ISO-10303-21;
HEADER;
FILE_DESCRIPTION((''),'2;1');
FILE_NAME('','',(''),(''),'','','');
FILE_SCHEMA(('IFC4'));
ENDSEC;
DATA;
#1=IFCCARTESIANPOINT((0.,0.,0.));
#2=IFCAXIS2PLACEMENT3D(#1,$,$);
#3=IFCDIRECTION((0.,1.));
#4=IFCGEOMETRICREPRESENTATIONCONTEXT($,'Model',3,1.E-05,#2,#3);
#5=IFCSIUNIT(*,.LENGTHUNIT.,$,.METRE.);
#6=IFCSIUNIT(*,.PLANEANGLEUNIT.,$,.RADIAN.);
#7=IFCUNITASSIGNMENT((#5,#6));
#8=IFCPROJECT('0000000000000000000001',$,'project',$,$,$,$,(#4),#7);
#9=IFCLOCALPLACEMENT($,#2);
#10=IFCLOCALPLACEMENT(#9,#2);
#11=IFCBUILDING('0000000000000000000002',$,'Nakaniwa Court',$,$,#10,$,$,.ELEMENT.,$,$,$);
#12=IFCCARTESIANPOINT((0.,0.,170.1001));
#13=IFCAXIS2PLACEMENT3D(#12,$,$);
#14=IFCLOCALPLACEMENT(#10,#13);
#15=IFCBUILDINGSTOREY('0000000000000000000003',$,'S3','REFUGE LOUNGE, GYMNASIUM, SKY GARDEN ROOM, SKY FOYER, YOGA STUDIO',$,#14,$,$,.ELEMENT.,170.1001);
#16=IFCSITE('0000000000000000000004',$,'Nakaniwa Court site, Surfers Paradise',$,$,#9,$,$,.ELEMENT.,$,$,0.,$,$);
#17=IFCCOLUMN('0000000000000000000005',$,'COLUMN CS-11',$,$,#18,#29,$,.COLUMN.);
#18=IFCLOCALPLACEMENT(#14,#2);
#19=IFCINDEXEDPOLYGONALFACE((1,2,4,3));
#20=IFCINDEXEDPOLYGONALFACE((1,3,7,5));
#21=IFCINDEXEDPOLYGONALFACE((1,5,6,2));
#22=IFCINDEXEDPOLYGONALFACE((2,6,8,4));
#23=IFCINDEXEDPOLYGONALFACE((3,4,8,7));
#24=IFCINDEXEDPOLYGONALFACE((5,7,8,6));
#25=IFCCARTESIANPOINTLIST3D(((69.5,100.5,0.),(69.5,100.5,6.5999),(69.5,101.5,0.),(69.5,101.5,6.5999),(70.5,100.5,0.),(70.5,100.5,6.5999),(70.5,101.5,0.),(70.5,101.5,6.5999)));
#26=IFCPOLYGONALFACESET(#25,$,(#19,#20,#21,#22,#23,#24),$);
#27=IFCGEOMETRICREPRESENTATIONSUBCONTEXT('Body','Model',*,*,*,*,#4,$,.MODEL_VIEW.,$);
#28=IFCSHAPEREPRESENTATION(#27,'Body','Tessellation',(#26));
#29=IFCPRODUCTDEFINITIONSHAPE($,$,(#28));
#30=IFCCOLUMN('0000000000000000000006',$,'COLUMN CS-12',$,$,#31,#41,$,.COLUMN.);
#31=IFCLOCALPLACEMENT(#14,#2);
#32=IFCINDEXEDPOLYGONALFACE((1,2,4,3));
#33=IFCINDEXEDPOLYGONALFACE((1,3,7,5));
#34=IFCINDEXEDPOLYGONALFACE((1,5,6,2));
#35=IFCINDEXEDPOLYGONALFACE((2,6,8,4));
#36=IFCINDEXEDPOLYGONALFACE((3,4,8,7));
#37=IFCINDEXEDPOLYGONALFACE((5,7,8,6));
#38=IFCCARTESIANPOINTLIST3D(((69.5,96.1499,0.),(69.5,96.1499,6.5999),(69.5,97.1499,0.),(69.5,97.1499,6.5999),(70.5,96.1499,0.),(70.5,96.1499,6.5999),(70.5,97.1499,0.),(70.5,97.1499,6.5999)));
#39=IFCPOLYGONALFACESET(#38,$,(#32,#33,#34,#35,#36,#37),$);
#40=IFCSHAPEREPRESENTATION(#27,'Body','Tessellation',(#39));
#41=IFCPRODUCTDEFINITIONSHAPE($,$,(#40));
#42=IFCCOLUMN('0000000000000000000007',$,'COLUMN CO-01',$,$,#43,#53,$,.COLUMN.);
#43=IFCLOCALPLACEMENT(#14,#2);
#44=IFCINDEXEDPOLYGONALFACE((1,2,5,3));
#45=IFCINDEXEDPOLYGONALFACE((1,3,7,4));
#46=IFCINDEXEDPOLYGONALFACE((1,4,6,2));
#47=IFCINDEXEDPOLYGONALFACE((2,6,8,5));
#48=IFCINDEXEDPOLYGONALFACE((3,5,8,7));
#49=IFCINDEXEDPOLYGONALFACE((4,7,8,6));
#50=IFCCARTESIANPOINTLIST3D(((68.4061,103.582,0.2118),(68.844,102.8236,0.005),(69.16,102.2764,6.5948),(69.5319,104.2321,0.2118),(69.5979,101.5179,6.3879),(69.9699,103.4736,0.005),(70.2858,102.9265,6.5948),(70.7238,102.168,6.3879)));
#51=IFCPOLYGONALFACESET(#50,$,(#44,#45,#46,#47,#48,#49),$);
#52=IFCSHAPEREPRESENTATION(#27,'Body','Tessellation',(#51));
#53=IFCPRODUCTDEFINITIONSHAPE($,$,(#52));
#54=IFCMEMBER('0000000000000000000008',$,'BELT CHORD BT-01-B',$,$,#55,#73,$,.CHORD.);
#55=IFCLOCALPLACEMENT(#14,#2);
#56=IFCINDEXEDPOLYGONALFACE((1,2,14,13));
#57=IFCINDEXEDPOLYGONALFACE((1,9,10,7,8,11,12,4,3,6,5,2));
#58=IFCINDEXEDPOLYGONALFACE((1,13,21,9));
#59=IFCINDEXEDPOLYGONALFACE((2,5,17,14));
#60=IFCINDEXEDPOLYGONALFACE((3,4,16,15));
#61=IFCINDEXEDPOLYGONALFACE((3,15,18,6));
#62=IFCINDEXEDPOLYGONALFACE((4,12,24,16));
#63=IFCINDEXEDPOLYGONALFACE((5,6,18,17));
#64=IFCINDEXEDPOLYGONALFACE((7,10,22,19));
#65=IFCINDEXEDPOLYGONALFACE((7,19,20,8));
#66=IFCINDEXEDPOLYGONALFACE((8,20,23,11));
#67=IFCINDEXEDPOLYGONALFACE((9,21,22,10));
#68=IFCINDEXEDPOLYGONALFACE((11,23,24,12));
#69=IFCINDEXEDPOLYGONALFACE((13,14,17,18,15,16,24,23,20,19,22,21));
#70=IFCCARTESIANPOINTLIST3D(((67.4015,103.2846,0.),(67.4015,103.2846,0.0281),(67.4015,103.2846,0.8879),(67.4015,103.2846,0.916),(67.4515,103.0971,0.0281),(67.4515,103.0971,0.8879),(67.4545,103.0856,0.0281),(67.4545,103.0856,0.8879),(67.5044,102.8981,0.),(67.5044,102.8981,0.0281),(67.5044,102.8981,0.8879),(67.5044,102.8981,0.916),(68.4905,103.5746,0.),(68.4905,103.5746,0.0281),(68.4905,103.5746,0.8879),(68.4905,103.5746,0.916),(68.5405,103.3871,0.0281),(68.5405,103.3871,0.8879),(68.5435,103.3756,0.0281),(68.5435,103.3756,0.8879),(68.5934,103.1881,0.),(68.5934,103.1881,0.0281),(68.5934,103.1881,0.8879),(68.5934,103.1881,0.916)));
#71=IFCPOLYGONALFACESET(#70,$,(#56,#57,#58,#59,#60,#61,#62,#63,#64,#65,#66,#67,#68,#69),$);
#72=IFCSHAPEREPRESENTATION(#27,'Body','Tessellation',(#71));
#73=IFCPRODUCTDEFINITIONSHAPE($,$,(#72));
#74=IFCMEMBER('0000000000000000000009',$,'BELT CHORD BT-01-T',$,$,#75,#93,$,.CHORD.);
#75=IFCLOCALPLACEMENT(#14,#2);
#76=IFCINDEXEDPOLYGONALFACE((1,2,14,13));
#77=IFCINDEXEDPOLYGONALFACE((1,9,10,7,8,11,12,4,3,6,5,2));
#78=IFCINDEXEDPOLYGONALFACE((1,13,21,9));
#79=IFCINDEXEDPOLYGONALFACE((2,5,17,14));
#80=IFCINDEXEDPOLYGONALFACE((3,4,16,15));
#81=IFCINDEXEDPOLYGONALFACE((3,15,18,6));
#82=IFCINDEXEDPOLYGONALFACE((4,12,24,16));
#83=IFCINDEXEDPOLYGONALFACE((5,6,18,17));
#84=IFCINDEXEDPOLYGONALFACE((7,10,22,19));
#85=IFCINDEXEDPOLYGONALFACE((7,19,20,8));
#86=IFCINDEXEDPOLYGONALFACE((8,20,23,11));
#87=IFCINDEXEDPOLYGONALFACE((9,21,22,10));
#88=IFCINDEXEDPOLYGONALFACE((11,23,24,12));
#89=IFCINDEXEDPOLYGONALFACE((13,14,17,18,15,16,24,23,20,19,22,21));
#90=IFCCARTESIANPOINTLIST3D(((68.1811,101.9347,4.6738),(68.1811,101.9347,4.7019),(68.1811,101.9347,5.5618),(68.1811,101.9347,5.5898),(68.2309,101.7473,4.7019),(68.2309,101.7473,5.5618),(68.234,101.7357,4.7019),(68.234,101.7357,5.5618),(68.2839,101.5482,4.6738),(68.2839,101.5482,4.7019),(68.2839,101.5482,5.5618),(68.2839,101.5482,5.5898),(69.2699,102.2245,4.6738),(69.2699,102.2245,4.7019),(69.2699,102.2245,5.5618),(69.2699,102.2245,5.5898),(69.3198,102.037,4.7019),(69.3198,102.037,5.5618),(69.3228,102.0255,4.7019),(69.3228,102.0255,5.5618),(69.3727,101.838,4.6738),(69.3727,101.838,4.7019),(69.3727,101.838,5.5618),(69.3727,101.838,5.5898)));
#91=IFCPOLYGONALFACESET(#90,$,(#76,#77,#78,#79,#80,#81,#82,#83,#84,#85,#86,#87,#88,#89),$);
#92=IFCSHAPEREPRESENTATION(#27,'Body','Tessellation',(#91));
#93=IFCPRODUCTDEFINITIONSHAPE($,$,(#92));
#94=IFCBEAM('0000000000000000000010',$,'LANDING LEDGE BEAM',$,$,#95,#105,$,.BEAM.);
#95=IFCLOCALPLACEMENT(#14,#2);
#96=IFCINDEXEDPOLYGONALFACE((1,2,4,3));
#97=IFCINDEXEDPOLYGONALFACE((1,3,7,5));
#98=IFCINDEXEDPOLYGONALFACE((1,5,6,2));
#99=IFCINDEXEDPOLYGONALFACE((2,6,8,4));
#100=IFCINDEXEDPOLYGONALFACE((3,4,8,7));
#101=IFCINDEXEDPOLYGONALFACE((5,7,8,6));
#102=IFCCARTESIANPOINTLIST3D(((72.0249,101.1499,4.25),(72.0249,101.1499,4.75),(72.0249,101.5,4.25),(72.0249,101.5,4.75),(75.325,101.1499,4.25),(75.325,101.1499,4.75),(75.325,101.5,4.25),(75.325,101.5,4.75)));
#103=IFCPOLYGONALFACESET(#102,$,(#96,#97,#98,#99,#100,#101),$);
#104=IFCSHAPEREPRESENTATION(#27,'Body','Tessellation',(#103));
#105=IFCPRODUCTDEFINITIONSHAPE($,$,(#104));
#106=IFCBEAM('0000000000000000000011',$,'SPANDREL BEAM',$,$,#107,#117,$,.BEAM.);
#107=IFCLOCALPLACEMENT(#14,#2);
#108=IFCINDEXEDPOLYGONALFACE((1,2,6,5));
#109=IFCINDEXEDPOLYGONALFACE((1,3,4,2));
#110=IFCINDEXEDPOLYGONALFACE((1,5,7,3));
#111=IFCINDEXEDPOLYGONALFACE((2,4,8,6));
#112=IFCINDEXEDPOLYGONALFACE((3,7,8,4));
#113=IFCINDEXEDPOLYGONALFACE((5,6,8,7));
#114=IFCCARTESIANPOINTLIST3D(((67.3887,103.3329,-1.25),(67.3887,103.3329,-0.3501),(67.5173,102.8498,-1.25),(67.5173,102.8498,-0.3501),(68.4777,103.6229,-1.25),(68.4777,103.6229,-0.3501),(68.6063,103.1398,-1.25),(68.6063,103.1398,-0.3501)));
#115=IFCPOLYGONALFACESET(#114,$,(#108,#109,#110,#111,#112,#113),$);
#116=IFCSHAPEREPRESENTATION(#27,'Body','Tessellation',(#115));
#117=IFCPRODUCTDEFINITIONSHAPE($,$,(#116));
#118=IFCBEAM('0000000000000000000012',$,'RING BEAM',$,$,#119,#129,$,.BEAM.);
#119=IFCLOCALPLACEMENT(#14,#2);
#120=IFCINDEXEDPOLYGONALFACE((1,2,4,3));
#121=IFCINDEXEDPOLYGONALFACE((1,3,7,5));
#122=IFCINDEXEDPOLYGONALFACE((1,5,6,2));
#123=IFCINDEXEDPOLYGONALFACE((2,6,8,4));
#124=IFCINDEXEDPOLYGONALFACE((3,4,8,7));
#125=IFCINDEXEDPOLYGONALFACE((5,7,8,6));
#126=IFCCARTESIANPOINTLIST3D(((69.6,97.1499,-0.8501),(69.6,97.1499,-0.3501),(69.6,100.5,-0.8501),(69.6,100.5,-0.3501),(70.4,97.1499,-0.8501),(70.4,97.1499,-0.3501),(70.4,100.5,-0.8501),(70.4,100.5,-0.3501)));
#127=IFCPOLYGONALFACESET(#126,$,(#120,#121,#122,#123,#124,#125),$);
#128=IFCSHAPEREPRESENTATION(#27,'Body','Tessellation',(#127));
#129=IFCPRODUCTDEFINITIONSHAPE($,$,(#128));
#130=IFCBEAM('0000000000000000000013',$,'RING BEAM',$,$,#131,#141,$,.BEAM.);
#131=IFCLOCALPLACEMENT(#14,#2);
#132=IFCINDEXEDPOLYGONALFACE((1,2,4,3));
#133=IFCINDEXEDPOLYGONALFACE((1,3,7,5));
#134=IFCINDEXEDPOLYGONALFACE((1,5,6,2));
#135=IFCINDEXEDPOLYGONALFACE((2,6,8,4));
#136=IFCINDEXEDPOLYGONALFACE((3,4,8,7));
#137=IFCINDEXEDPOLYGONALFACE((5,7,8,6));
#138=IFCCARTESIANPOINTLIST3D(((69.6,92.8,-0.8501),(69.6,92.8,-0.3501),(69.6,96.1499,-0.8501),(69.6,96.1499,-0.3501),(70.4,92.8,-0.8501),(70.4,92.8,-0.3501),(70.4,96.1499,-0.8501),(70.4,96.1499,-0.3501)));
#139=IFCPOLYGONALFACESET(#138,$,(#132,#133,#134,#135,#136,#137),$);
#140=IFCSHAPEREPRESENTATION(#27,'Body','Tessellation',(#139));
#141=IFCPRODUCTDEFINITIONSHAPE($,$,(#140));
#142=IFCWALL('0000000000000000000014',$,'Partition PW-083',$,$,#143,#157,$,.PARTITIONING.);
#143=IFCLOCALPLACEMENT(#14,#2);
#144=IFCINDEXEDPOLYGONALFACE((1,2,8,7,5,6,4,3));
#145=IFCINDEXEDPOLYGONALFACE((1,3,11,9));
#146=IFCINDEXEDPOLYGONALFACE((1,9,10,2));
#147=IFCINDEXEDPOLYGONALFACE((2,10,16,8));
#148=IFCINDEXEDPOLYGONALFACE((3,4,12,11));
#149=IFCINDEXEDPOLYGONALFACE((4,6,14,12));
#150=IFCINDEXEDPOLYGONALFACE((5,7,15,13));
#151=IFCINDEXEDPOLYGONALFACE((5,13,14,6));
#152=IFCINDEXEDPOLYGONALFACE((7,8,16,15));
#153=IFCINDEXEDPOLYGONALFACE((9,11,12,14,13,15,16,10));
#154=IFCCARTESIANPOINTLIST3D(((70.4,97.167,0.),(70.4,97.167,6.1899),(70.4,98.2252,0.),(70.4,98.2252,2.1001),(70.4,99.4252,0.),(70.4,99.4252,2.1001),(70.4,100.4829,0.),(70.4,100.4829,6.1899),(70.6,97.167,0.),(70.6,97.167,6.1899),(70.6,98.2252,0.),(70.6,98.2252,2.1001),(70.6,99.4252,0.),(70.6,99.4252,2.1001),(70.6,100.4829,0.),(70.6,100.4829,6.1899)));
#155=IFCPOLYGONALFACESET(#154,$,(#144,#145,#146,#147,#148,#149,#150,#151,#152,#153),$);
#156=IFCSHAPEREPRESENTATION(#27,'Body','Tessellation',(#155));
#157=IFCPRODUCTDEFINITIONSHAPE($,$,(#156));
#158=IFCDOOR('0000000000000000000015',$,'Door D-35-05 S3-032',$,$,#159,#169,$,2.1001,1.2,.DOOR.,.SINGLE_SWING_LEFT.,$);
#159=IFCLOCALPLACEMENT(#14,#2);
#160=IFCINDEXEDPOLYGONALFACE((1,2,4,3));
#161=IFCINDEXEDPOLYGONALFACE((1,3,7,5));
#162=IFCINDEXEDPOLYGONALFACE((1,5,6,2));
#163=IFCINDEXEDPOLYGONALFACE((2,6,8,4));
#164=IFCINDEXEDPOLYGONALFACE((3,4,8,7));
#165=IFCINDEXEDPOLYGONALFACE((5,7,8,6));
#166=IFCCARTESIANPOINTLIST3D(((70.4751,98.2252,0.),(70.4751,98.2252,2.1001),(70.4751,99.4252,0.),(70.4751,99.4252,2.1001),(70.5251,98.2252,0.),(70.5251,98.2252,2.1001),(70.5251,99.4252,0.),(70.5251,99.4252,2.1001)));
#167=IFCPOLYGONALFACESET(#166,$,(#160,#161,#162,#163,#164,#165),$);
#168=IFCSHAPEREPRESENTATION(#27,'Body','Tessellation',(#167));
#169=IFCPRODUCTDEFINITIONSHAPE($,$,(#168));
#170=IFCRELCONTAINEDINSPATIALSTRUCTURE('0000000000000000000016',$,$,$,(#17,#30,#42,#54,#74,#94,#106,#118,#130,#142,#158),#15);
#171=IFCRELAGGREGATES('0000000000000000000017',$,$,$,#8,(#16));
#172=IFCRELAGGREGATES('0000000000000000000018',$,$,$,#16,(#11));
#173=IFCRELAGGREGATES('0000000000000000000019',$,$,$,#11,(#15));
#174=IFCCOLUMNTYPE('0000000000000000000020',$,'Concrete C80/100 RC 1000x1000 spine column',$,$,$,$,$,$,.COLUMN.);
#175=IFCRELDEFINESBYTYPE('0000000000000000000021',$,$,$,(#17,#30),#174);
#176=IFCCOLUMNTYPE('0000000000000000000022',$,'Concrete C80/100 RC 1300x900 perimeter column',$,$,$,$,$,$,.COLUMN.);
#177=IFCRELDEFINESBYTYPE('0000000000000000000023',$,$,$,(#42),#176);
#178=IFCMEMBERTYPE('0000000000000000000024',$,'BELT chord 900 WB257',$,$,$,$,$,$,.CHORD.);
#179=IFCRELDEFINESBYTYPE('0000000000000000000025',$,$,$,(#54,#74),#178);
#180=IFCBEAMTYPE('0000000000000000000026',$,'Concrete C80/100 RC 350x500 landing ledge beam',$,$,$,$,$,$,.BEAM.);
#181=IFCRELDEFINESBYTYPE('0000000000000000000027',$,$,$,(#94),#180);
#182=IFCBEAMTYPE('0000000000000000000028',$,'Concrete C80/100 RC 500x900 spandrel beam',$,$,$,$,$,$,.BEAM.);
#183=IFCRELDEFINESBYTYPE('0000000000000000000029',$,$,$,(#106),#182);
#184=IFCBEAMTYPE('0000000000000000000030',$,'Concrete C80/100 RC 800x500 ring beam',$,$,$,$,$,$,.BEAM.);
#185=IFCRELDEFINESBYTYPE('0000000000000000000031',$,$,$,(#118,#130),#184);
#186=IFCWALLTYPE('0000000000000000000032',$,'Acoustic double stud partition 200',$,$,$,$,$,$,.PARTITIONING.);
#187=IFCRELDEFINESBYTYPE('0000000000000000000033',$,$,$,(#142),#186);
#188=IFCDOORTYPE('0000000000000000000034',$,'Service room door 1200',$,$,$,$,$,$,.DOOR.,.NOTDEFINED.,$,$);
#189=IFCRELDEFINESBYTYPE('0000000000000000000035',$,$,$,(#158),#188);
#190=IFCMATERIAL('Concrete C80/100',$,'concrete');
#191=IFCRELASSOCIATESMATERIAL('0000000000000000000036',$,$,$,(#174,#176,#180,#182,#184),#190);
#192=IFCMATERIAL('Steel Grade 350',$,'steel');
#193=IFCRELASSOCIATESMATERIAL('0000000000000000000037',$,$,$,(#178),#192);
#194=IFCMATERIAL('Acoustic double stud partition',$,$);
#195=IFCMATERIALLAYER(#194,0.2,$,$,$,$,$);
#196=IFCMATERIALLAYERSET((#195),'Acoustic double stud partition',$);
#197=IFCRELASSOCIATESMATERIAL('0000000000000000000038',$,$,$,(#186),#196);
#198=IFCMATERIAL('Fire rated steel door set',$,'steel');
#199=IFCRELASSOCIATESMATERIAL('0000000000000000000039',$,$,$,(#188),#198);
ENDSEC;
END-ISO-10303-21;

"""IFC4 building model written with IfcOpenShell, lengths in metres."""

from ifc_helpers import new_model, si_unit, direction, frame, frame_2d, origin, origin_2d, place, context, subcontext, project, spatial, rectangle, i_section, extrude, material, layer, layer_set, material_profile, profile_set, type_object, element, fill, save


model = new_model("IFC4")

# Units and contexts
model_context = context("Model", 3, precision=1e-05, world=origin(), true_north=direction((0.0, 1.0)))
body_context = subcontext(model_context, "Body", "Model", "MODEL_VIEW")
ifc_project = project(units=[si_unit("LENGTHUNIT", "METRE"), si_unit("PLANEANGLEUNIT", "RADIAN")], contexts=[model_context])

# Site, building, storey
site_placement = place(None, origin())
site = spatial("IfcSite", under=ifc_project, at=site_placement, Name="Nakaniwa Court site, Surfers Paradise", CompositionType="ELEMENT", RefElevation=0.0)
building_placement = place(site_placement, origin())
building = spatial("IfcBuilding", under=site, at=building_placement, Name="Nakaniwa Court", CompositionType="ELEMENT")
storey_placement = place(building_placement, frame((0.0, 0.0, 170.1001)))
storey = spatial("IfcBuildingStorey", under=building, at=storey_placement, Name="S3", Description="REFUGE LOUNGE, GYMNASIUM, SKY GARDEN ROOM, SKY FOYER, YOGA STUDIO", CompositionType="ELEMENT", Elevation=170.1001)

# Columns
ifc_material_1 = material(Name="Concrete C80/100", Category="concrete")
ifc_material_profile_1 = material_profile(ifc_material_1, rectangle(XDim=1.0, YDim=1.0, at=origin_2d()), Name="Concrete C80/100 RC 1000x1000 spine column")
ifc_profile_set_1 = profile_set([ifc_material_profile_1], Name="Concrete C80/100")
column_type_1 = type_object("IfcColumnType", Name="Concrete C80/100 RC 1000x1000 spine column", PredefinedType="COLUMN", material=ifc_profile_set_1)
for number, where, z_axis, x_axis, name in (
    (1, (70.0, 101.0, 0.0), (0.0, 0.0, 1.0), (0.0, -1.0, 0.0), "COLUMN CS-11"),
    (2, (70.0, 96.6499, 0.0), (0.0, 0.0, 1.0), (0.0, -1.0, 0.0), "COLUMN CS-12"),
):
    element("IfcColumn", number, at=place(storey_placement, frame(where, z_axis=z_axis, x_axis=x_axis)), inside=storey, type_object=column_type_1, Name=name, PredefinedType="COLUMN", context=body_context, shape_type="SweptSolid", body=[
        extrude(rectangle(XDim=1.0, YDim=1.0, at=origin_2d()), origin(), (0.0, 0.0, 1.0), 6.5999),
    ])
ifc_material_profile_2 = material_profile(ifc_material_1, rectangle(XDim=1.3, YDim=0.8999, at=origin_2d()), Name="Concrete C80/100 RC 1300x900 perimeter column")
ifc_profile_set_2 = profile_set([ifc_material_profile_2], Name="Concrete C80/100")
column_type_2 = type_object("IfcColumnType", Name="Concrete C80/100 RC 1300x900 perimeter column", PredefinedType="COLUMN", material=ifc_profile_set_2)
column_placement = place(storey_placement, frame((69.188, 103.5278, 0.1084), z_axis=(0.114948, -0.199074, 0.97322), x_axis=(0.866002, 0.50004, 0.0)))
element("IfcColumn", 3, at=column_placement, inside=storey, type_object=column_type_2, Name="COLUMN CO-01", PredefinedType="COLUMN", context=body_context, shape_type="SweptSolid", body=[
    extrude(rectangle(XDim=1.3, YDim=0.8999, at=origin_2d()), origin(), (0.0, 0.0, 1.0), 6.5586),
])

# Members
ifc_material_2 = material(Name="Steel Grade 350", Category="steel")
ifc_material_profile_3 = material_profile(ifc_material_2, i_section(OverallWidth=0.3999, OverallDepth=0.916, WebThickness=0.012, FlangeThickness=0.0281, at=origin_2d()), Name="900WB257")
ifc_profile_set_3 = profile_set([ifc_material_profile_3], Name="Steel Grade 350")
member_type = type_object("IfcMemberType", Name="BELT chord 900 WB257", PredefinedType="CHORD", material=ifc_profile_set_3)
member_1_placement = place(storey_placement, frame((68.542, 103.3813, 0.458), z_axis=(-0.966321, -0.257339, 0.0), x_axis=(0.257339, -0.966321, 0.0)))
element("IfcMember", 4, at=member_1_placement, inside=storey, type_object=member_type, Name="BELT CHORD BT-01-B", PredefinedType="CHORD", context=body_context, shape_type="SweptSolid", body=[
    extrude(i_section(OverallWidth=0.3999, OverallDepth=0.916, WebThickness=0.012, FlangeThickness=0.0281, at=origin_2d()), origin(), (0.0, 0.0, 1.0), 1.127),
])
member_2_placement = place(storey_placement, frame((69.3213, 102.0312, 5.1318), z_axis=(-0.966361, -0.257191, 0.0), x_axis=(0.257191, -0.966361, 0.0)))
element("IfcMember", 5, at=member_2_placement, inside=storey, type_object=member_type, Name="BELT CHORD BT-01-T", PredefinedType="CHORD", context=body_context, shape_type="SweptSolid", body=[
    extrude(i_section(OverallWidth=0.3999, OverallDepth=0.916, WebThickness=0.012, FlangeThickness=0.0281, at=origin_2d()), origin(), (0.0, 0.0, 1.0), 1.1267),
])

# Beams
ifc_material_profile_4 = material_profile(ifc_material_1, rectangle(XDim=0.3501, YDim=0.5, at=origin_2d()), Name="Concrete C80/100 RC 350x500 landing ledge beam")
ifc_profile_set_4 = profile_set([ifc_material_profile_4], Name="Concrete C80/100")
beam_type_1 = type_object("IfcBeamType", Name="Concrete C80/100 RC 350x500 landing ledge beam", PredefinedType="BEAM", material=ifc_profile_set_4)
beam_1_placement = place(storey_placement, frame((72.0249, 101.325, 4.5), z_axis=(1.0, 0.0, 0.0), x_axis=(0.0, 1.0, 0.0)))
element("IfcBeam", 6, at=beam_1_placement, inside=storey, type_object=beam_type_1, Name="LANDING LEDGE BEAM", PredefinedType="BEAM", context=body_context, shape_type="SweptSolid", body=[
    extrude(rectangle(XDim=0.3501, YDim=0.5, at=origin_2d()), origin(), (0.0, 0.0, 1.0), 3.3),
])
ifc_material_profile_5 = material_profile(ifc_material_1, rectangle(XDim=0.5, YDim=0.8999, at=origin_2d()), Name="Concrete C80/100 RC 500x900 spandrel beam")
ifc_profile_set_5 = profile_set([ifc_material_profile_5], Name="Concrete C80/100")
beam_type_2 = type_object("IfcBeamType", Name="Concrete C80/100 RC 500x900 spandrel beam", PredefinedType="BEAM", material=ifc_profile_set_5)
beam_2_placement = place(storey_placement, frame((68.542, 103.3813, -0.8), z_axis=(-0.966321, -0.257339, 0.0), x_axis=(0.257339, -0.966321, 0.0)))
element("IfcBeam", 7, at=beam_2_placement, inside=storey, type_object=beam_type_2, Name="SPANDREL BEAM", PredefinedType="BEAM", context=body_context, shape_type="SweptSolid", body=[
    extrude(rectangle(XDim=0.5, YDim=0.8999, at=origin_2d()), origin(), (0.0, 0.0, 1.0), 1.127),
])
ifc_material_profile_6 = material_profile(ifc_material_1, rectangle(XDim=0.8, YDim=0.5, at=origin_2d()), Name="Concrete C80/100 RC 800x500 ring beam")
ifc_profile_set_6 = profile_set([ifc_material_profile_6], Name="Concrete C80/100")
beam_type_3 = type_object("IfcBeamType", Name="Concrete C80/100 RC 800x500 ring beam", PredefinedType="BEAM", material=ifc_profile_set_6)
beam_3_placement = place(storey_placement, frame((70.0, 100.5, -0.6001), z_axis=(0.0, -1.0, 0.0), x_axis=(1.0, 0.0, 0.0)))
element("IfcBeam", 8, at=beam_3_placement, inside=storey, type_object=beam_type_3, Name="RING BEAM", PredefinedType="BEAM", context=body_context, shape_type="SweptSolid", body=[
    extrude(rectangle(XDim=0.8, YDim=0.5, at=origin_2d()), origin(), (0.0, 0.0, 1.0), 3.3501),
])
beam_4_placement = place(storey_placement, frame((70.0, 96.1499, -0.6001), z_axis=(0.0, -1.0, 0.0), x_axis=(1.0, 0.0, 0.0)))
element("IfcBeam", 9, at=beam_4_placement, inside=storey, type_object=beam_type_3, Name="RING BEAM", PredefinedType="BEAM", context=body_context, shape_type="SweptSolid", body=[
    extrude(rectangle(XDim=0.8, YDim=0.5, at=origin_2d()), origin(), (0.0, 0.0, 1.0), 3.3499),
])

# Wall, opening, door
ifc_material_3 = material(Name="Acoustic double stud partition")
ifc_layer_1 = layer(ifc_material_3, 0.2)
ifc_layer_set_1 = layer_set([ifc_layer_1], Name="Acoustic double stud partition")
wall_type_1 = type_object("IfcWallType", Name="Acoustic double stud partition 200", PredefinedType="PARTITIONING", material=ifc_layer_set_1)
wall_1_placement = place(storey_placement, frame((70.5, 97.167, 0.0), z_axis=(0.0, 0.0, 1.0), x_axis=(0.0, 1.0, 0.0)))
wall_1 = element("IfcWall", 10, at=wall_1_placement, inside=storey, type_object=wall_type_1, Name="Partition PW-083", PredefinedType="PARTITIONING", context=body_context, shape_type="SweptSolid", body=[
    extrude(rectangle(XDim=3.3159, YDim=0.2, at=frame_2d((1.658, 0.0))), origin(), (0.0, 0.0, 1.0), 6.1899),
])
opening_placement = place(wall_1_placement, frame((1.0581, 0.0, 0.0)))
opening = element("IfcOpeningElement", 11, at=opening_placement, cuts=wall_1, PredefinedType="OPENING", context=body_context, shape_type="SweptSolid", body=[
    extrude(rectangle(XDim=1.2, YDim=2.1001, at=frame_2d((0.6001, 1.05))), frame((0.0, 0.1099, 0.0), z_axis=(0.0, -1.0, 0.0), x_axis=(1.0, 0.0, 0.0)), (0.0, 0.0, 1.0), 0.22),
])
ifc_material_4 = material(Name="Fire rated steel door set", Category="steel")
door_type = type_object("IfcDoorType", Name="Service room door 1200", OperationType="NOTDEFINED", PredefinedType="DOOR", material=ifc_material_4)
door_placement = place(opening_placement, origin())
door = element("IfcDoor", 12, at=door_placement, inside=storey, type_object=door_type, Name="Door D-35-05 S3-032", OperationType="SINGLE_SWING_LEFT", OverallHeight=2.1001, OverallWidth=1.2, PredefinedType="DOOR", context=body_context, shape_type="SweptSolid", body=[
    extrude(rectangle(XDim=1.2, YDim=2.1001, at=frame_2d((0.6001, 1.05))), frame((0.0, 0.0249, 0.0), z_axis=(0.0, -1.0, 0.0), x_axis=(1.0, 0.0, 0.0)), (0.0, 0.0, 1.0), 0.05),
])
fill(opening, door)

save(model, "model.ifc")
